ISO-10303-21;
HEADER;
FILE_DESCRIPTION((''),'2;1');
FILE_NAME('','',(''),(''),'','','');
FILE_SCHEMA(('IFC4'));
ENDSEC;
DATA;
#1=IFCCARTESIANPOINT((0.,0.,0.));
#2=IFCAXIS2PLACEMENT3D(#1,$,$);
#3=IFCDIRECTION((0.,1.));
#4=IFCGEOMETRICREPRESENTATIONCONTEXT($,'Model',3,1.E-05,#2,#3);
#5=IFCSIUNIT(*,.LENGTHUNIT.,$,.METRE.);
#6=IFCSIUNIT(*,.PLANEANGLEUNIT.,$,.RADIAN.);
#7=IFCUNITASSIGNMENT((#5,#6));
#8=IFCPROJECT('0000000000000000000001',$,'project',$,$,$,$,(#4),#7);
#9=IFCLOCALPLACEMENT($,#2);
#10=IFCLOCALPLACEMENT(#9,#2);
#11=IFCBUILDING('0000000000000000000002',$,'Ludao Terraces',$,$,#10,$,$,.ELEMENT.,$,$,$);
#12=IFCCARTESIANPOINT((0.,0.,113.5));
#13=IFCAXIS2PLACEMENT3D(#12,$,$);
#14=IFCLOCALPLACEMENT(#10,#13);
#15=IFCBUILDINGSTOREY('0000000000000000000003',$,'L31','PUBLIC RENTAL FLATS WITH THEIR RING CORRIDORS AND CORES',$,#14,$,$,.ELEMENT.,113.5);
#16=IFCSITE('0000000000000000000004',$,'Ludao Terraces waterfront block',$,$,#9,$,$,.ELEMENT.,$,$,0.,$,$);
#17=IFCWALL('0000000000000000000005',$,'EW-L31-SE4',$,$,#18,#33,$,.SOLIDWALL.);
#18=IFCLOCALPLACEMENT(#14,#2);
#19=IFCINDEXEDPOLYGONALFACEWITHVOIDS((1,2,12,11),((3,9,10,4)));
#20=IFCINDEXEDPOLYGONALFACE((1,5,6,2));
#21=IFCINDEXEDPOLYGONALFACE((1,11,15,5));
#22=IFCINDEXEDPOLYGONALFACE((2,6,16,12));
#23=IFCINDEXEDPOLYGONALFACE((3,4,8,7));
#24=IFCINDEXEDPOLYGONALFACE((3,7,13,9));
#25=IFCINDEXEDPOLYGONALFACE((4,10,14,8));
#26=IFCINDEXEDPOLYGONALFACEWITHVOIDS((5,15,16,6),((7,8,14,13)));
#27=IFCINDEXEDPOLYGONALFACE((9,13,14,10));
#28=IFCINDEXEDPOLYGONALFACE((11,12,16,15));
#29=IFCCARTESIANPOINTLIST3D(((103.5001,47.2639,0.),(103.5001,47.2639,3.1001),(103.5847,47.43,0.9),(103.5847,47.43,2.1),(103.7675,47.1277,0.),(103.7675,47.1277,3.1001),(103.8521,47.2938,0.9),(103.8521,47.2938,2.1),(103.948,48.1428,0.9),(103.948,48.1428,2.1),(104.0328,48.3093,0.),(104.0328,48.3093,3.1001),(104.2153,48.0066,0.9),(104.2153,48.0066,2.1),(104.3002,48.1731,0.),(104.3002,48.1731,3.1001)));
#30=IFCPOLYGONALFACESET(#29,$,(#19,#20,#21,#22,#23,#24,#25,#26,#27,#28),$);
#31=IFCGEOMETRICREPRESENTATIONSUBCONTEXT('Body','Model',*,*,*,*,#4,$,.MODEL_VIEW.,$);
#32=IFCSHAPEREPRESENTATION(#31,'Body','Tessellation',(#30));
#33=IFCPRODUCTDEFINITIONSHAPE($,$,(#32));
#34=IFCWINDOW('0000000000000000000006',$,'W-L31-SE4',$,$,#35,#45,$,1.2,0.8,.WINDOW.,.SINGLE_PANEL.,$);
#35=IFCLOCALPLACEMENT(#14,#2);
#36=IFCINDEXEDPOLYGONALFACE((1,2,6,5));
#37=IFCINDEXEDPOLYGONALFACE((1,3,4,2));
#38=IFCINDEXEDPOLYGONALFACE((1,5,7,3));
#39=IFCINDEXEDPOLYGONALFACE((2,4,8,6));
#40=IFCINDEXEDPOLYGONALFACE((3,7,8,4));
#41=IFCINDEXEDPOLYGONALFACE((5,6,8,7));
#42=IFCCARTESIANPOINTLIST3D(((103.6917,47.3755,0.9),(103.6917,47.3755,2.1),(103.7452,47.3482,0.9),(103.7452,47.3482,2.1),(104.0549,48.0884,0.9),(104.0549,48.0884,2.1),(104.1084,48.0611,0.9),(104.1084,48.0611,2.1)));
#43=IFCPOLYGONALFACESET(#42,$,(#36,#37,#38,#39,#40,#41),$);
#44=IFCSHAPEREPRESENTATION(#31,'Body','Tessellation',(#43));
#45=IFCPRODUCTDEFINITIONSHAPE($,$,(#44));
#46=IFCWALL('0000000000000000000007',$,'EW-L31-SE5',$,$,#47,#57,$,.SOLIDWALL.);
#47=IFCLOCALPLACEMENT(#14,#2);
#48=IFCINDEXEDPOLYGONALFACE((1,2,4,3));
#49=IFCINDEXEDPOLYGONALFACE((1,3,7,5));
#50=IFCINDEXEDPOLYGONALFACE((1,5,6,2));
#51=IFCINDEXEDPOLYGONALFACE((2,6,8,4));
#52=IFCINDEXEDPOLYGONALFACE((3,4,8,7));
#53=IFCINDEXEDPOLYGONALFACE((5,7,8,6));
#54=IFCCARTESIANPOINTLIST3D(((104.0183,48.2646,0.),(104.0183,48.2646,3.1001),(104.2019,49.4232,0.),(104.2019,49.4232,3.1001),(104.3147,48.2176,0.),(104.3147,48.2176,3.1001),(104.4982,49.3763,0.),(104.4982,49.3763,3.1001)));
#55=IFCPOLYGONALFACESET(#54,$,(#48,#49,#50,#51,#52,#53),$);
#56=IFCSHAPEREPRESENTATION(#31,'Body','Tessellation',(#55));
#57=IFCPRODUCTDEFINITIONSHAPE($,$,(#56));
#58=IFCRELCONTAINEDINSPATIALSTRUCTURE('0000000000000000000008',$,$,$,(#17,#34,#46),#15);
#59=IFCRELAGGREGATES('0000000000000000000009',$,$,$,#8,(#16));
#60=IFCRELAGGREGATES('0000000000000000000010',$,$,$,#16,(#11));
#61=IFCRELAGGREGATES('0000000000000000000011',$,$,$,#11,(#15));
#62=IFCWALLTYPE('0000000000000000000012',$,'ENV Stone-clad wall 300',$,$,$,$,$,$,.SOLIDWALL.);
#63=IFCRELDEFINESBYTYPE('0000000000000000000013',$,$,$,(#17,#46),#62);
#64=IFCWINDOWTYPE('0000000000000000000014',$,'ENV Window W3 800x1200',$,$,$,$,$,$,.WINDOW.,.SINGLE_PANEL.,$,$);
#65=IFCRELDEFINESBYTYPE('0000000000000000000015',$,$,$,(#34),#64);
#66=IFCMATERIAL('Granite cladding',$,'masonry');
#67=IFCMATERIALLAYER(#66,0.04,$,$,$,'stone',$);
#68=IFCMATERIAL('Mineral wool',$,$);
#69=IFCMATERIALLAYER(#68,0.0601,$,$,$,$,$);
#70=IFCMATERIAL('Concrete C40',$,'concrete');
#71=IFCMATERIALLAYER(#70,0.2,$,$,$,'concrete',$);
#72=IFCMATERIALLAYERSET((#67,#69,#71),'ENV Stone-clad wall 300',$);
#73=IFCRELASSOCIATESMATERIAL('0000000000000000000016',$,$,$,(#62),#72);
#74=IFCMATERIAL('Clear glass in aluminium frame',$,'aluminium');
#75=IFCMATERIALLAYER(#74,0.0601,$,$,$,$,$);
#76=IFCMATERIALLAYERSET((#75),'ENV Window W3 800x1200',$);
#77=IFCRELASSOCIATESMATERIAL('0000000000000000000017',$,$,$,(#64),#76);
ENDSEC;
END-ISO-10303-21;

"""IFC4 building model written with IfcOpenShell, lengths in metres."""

from ifc_helpers import new_model, si_unit, direction, frame, frame_2d, origin, place, context, subcontext, project, spatial, rectangle, extrude, material, layer, layer_set, type_object, element, fill, save


model = new_model("IFC4")

# Units and contexts
model_context = context("Model", 3, precision=1e-05, world=origin(), true_north=direction((0.0, 1.0)))
body_context = subcontext(model_context, "Body", "Model", "MODEL_VIEW")
ifc_project = project(units=[si_unit("LENGTHUNIT", "METRE"), si_unit("PLANEANGLEUNIT", "RADIAN")], contexts=[model_context])

# Site, building, storey
site_placement = place(None, origin())
site = spatial("IfcSite", under=ifc_project, at=site_placement, Name="Ludao Terraces waterfront block", CompositionType="ELEMENT", RefElevation=0.0)
building_placement = place(site_placement, origin())
building = spatial("IfcBuilding", under=site, at=building_placement, Name="Ludao Terraces", CompositionType="ELEMENT")
storey_placement = place(building_placement, frame((0.0, 0.0, 113.5)))
storey = spatial("IfcBuildingStorey", under=building, at=storey_placement, Name="L31", Description="PUBLIC RENTAL FLATS WITH THEIR RING CORRIDORS AND CORES", CompositionType="ELEMENT", Elevation=113.5)

# Shared definitions
ifc_material_1 = material(Name="Concrete C40", Category="concrete")

# Wall, opening, window
ifc_material_2 = material(Name="Granite cladding", Category="masonry")
ifc_layer_1 = layer(ifc_material_2, 0.04, Category="stone")
ifc_material_3 = material(Name="Mineral wool")
ifc_layer_2 = layer(ifc_material_3, 0.0601)
ifc_layer_3 = layer(ifc_material_1, 0.2, Category="concrete")
ifc_layer_set_1 = layer_set([ifc_layer_1, ifc_layer_2, ifc_layer_3], Name="ENV Stone-clad wall 300")
wall_type = type_object("IfcWallType", Name="ENV Stone-clad wall 300", PredefinedType="SOLIDWALL", material=ifc_layer_set_1)
ifc_material_4 = material(Name="Clear glass in aluminium frame", Category="aluminium")
ifc_layer_4 = layer(ifc_material_4, 0.0601)
ifc_layer_set_2 = layer_set([ifc_layer_4], Name="ENV Window W3 800x1200")
window_type_1 = type_object("IfcWindowType", Name="ENV Window W3 800x1200", PartitioningType="SINGLE_PANEL", PredefinedType="WINDOW", material=ifc_layer_set_2)
wall_1_placement = place(storey_placement, frame((103.6338, 47.1958, 0.0), z_axis=(0.0, 0.0, 1.0), x_axis=(0.454026, 0.890989, 0.0)))
wall_1 = element("IfcWall", 1, at=wall_1_placement, inside=storey, type_object=wall_type, Name="EW-L31-SE4", PredefinedType="SOLIDWALL", context=body_context, shape_type="SweptSolid", body=[
    extrude(rectangle(XDim=1.1733, YDim=0.3, at=frame_2d((0.5867, 0.0))), origin(), (0.0, 0.0, 1.0), 3.1001),
])
opening_1_placement = place(wall_1_placement, frame((0.1865, 0.0, 0.8999)))
opening_1 = element("IfcOpeningElement", 2, at=opening_1_placement, cuts=wall_1, PredefinedType="OPENING", context=body_context, shape_type="SweptSolid", body=[
    extrude(rectangle(XDim=0.8, YDim=1.2, at=frame_2d((0.3999, 0.6001))), frame((0.0, 0.1602, 0.0), z_axis=(0.0, -1.0, 0.0), x_axis=(1.0, 0.0, 0.0)), (0.0, 0.0, 1.0), 0.3201),
])
window_1_placement = place(opening_1_placement, origin())
window_1 = element("IfcWindow", 3, at=window_1_placement, inside=storey, type_object=window_type_1, Name="W-L31-SE4", OverallHeight=1.2, OverallWidth=0.8, PartitioningType="SINGLE_PANEL", PredefinedType="WINDOW", context=body_context, shape_type="SweptSolid", body=[
    extrude(rectangle(XDim=0.8, YDim=1.2, at=frame_2d((0.3999, 0.6001))), frame((0.0, 0.03, 0.0), z_axis=(0.0, -1.0, 0.0), x_axis=(1.0, 0.0, 0.0)), (0.0, 0.0, 1.0), 0.0601),
])
fill(opening_1, window_1)

# Wall
wall_2_placement = place(storey_placement, frame((104.1665, 48.2412, 0.0), z_axis=(0.0, 0.0, 1.0), x_axis=(0.156497, 0.987678, 0.0)))
element("IfcWall", 4, at=wall_2_placement, inside=storey, type_object=wall_type, Name="EW-L31-SE5", PredefinedType="SOLIDWALL", context=body_context, shape_type="SweptSolid", body=[
    extrude(rectangle(XDim=1.1731, YDim=0.3, at=frame_2d((0.5864, 0.0))), origin(), (0.0, 0.0, 1.0), 3.1001),
])

save(model, "model.ifc")
